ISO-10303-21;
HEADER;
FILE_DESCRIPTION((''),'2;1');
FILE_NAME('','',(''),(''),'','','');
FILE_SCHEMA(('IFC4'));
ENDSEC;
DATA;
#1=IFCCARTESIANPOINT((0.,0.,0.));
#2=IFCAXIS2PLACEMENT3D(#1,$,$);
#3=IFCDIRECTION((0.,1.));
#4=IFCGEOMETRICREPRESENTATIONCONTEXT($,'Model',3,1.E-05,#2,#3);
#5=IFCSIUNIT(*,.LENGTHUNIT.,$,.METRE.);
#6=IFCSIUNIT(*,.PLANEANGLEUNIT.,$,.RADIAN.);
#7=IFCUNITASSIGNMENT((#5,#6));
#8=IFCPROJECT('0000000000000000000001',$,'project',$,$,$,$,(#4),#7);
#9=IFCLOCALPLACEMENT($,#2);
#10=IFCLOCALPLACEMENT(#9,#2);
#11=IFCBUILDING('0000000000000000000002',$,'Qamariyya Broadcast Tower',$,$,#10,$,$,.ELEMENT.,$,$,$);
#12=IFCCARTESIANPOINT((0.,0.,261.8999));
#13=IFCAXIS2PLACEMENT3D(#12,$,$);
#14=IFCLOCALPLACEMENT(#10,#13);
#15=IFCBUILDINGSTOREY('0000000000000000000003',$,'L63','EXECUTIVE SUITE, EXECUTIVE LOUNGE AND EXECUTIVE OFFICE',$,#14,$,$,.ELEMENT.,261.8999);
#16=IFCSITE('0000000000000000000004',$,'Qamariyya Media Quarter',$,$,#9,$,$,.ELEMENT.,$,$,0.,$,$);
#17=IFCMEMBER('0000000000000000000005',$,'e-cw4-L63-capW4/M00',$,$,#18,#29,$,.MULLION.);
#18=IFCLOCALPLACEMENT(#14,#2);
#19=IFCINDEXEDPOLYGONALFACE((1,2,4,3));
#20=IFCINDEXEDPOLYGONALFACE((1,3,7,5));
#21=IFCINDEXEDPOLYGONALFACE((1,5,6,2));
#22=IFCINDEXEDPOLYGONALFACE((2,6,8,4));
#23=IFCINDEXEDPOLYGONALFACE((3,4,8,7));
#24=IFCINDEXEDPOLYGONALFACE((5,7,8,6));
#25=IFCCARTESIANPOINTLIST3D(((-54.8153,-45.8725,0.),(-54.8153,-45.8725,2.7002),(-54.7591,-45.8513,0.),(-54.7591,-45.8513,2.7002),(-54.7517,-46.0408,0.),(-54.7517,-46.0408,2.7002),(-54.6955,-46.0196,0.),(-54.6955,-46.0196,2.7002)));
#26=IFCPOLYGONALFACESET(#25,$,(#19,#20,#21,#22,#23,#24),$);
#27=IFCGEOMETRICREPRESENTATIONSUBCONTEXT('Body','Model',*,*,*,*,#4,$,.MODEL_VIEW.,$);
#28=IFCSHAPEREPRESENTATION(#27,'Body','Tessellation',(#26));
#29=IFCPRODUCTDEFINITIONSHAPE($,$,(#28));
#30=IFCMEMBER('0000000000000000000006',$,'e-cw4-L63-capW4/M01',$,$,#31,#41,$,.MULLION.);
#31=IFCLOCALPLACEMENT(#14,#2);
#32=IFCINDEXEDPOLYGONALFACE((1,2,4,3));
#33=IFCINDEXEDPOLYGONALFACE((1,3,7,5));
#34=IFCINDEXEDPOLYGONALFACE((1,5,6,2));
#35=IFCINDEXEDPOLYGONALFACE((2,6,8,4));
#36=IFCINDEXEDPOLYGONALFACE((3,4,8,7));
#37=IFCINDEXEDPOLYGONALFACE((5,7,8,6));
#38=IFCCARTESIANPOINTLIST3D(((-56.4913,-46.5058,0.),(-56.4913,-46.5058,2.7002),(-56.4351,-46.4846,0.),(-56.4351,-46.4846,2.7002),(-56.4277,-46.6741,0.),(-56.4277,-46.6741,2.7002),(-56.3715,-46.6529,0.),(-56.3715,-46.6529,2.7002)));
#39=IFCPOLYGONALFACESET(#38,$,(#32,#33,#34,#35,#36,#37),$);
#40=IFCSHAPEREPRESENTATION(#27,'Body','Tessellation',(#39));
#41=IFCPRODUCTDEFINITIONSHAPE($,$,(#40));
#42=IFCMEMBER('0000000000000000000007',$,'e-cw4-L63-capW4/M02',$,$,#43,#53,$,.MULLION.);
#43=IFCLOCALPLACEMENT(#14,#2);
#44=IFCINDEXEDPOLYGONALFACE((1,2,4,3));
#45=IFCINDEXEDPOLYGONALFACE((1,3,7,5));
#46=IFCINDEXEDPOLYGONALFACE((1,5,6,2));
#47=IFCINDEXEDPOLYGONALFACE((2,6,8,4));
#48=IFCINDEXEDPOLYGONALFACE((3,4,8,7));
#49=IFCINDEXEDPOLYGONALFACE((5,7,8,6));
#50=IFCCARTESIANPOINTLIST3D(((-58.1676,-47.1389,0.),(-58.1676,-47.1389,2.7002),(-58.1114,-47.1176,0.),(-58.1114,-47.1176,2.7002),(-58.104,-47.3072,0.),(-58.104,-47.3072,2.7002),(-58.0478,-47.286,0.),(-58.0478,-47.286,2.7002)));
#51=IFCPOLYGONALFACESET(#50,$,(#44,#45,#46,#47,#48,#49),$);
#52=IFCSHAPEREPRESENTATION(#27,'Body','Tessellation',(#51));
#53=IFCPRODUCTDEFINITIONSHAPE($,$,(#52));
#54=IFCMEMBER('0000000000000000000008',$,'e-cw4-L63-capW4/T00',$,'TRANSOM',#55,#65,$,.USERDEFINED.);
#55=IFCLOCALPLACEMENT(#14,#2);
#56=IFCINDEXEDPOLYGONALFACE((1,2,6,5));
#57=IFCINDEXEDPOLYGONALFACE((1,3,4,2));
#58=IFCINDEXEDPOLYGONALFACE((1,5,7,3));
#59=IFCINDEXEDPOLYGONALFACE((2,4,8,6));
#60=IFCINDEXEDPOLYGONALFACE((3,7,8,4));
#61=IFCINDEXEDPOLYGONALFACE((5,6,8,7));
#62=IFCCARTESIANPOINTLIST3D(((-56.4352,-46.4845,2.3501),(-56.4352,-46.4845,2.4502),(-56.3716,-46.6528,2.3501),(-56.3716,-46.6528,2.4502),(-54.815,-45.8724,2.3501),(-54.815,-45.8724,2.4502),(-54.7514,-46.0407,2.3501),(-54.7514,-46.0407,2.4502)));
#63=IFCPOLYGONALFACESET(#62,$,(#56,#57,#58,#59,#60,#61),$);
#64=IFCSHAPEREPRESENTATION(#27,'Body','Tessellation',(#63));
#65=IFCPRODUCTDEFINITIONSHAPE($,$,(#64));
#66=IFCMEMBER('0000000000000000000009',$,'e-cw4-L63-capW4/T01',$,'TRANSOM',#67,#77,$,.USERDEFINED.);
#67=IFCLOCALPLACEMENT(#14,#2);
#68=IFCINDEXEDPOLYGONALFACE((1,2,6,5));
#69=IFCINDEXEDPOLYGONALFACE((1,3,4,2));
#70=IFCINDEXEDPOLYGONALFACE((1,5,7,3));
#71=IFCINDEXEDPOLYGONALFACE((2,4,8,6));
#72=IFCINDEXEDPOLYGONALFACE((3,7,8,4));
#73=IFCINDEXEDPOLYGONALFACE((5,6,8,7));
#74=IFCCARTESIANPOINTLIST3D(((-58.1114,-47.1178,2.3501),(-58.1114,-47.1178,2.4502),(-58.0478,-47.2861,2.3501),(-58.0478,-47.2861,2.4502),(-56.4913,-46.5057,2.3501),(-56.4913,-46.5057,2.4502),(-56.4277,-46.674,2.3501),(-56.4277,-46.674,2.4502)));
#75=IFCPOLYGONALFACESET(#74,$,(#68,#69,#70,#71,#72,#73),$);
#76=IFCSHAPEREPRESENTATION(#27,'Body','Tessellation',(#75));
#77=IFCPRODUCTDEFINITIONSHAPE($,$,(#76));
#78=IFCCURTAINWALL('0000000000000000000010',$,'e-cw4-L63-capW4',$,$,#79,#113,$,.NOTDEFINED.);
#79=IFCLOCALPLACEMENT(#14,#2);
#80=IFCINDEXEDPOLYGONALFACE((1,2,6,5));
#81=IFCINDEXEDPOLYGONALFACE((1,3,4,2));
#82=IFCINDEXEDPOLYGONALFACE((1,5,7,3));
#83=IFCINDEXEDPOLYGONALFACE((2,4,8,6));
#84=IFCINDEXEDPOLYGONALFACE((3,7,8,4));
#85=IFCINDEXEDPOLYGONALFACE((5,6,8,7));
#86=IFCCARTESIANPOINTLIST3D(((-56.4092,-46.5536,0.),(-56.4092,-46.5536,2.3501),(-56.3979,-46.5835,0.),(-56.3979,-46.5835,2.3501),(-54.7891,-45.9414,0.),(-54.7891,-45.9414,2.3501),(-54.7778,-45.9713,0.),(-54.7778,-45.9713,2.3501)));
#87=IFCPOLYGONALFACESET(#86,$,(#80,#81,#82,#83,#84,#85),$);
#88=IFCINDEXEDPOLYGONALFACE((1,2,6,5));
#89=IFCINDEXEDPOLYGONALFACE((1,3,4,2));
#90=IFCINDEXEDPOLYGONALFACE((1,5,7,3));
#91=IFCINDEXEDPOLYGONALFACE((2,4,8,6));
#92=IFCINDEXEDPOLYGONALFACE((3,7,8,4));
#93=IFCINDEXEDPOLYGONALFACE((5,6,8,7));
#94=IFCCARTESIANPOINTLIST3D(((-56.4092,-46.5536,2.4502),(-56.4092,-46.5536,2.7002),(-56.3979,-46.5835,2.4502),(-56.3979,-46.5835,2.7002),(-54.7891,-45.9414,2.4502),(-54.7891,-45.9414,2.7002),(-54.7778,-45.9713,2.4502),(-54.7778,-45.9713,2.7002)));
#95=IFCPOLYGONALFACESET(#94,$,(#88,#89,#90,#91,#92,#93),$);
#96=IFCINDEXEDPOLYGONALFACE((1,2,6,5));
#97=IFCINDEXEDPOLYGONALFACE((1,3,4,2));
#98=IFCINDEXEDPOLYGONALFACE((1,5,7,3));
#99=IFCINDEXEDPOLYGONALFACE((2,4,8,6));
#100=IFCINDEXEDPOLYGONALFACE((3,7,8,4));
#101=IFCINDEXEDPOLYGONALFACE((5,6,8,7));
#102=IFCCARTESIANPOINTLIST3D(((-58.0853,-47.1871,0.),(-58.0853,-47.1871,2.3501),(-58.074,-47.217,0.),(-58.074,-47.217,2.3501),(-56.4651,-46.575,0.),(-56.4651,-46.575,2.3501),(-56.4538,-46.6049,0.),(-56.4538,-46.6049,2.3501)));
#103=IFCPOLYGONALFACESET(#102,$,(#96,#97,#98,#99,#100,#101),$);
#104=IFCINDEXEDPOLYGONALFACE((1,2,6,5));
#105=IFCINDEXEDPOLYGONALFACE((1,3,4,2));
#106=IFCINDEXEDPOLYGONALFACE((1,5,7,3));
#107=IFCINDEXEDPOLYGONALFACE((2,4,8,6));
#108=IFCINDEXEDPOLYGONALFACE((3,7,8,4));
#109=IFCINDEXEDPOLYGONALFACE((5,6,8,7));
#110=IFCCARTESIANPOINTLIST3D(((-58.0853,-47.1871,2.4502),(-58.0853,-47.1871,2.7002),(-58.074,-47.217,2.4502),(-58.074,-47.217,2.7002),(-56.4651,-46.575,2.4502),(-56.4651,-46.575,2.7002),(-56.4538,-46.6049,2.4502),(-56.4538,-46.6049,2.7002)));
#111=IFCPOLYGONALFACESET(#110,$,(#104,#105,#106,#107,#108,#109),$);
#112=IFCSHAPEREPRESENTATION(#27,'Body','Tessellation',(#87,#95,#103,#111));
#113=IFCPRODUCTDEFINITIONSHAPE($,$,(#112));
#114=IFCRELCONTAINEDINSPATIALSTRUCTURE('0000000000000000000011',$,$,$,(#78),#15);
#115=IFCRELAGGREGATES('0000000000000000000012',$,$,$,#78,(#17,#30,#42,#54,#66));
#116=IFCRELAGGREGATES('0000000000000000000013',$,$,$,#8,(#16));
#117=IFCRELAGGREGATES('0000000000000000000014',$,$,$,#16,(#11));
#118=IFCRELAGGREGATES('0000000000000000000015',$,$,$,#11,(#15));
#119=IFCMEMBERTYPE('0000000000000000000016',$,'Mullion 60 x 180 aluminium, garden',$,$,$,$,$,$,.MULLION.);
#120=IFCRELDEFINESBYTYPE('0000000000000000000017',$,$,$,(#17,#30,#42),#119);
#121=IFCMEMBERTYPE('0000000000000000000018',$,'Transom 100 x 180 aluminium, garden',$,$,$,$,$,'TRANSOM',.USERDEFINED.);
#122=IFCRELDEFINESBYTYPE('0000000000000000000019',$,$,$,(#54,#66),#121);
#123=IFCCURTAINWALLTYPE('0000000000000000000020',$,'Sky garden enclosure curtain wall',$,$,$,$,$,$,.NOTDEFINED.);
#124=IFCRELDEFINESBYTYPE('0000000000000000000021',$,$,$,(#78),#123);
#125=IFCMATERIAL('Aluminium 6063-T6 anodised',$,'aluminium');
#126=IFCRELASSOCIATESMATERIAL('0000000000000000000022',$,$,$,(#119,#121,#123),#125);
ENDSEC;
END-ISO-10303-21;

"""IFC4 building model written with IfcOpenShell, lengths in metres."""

from ifc_helpers import new_model, si_unit, direction, frame, origin, origin_2d, place, context, subcontext, project, spatial, rectangle, extrude, material, material_profile, profile_set, type_object, element, aggregate, save


model = new_model("IFC4")

# Units and contexts
model_context = context("Model", 3, precision=1e-05, world=origin(), true_north=direction((0.0, 1.0)))
body_context = subcontext(model_context, "Body", "Model", "MODEL_VIEW")
ifc_project = project(units=[si_unit("LENGTHUNIT", "METRE"), si_unit("PLANEANGLEUNIT", "RADIAN")], contexts=[model_context])

# Members
ifc_material = material(Name="Aluminium 6063-T6 anodised", Category="aluminium")
ifc_material_profile_1 = material_profile(ifc_material, rectangle(XDim=0.1799, YDim=0.0601, at=origin_2d()))
ifc_profile_set_1 = profile_set([ifc_material_profile_1], Name="Aluminium 6063-T6 anodised")
member_type_1 = type_object("IfcMemberType", Name="Mullion 60 x 180 aluminium, garden", PredefinedType="MULLION", material=ifc_profile_set_1)
site_placement = place(None, origin())
building_placement = place(site_placement, origin())
storey_placement = place(building_placement, frame((0.0, 0.0, 261.8999)))
member_1_placement = place(storey_placement, frame((-54.7554, -45.946, 0.0), z_axis=(0.0, 0.0, 1.0), x_axis=(0.353405, -0.935471, 0.0)))
member_1 = element("IfcMember", 1, at=member_1_placement, type_object=member_type_1, Name="e-cw4-L63-capW4/M00", PredefinedType="MULLION", context=body_context, shape_type="SweptSolid", body=[
    extrude(rectangle(XDim=0.1799, YDim=0.0601, at=origin_2d()), origin(), (0.0, 0.0, 1.0), 2.7002),
])
member_2_placement = place(storey_placement, frame((-56.4314, -46.5793, 0.0), z_axis=(0.0, 0.0, 1.0), x_axis=(0.353405, -0.935471, 0.0)))
member_2 = element("IfcMember", 2, at=member_2_placement, type_object=member_type_1, Name="e-cw4-L63-capW4/M01", PredefinedType="MULLION", context=body_context, shape_type="SweptSolid", body=[
    extrude(rectangle(XDim=0.1799, YDim=0.0601, at=origin_2d()), origin(), (0.0, 0.0, 1.0), 2.7002),
])
member_3_placement = place(storey_placement, frame((-58.1077, -47.2124, 0.0), z_axis=(0.0, 0.0, 1.0), x_axis=(0.353405, -0.935471, 0.0)))
member_3 = element("IfcMember", 3, at=member_3_placement, type_object=member_type_1, Name="e-cw4-L63-capW4/M02", PredefinedType="MULLION", context=body_context, shape_type="SweptSolid", body=[
    extrude(rectangle(XDim=0.1799, YDim=0.0601, at=origin_2d()), origin(), (0.0, 0.0, 1.0), 2.7002),
])
ifc_material_profile_2 = material_profile(ifc_material, rectangle(XDim=0.1799, YDim=0.1001, at=origin_2d()))
ifc_profile_set_2 = profile_set([ifc_material_profile_2], Name="Aluminium 6063-T6 anodised")
member_type_2 = type_object("IfcMemberType", Name="Transom 100 x 180 aluminium, garden", ElementType="TRANSOM", PredefinedType="USERDEFINED", material=ifc_profile_set_2)
member_4_placement = place(storey_placement, frame((-54.7832, -45.9565, 2.4001), z_axis=(-0.935469, -0.353409, 0.0), x_axis=(0.353409, -0.935469, 0.0)))
member_4 = element("IfcMember", 4, at=member_4_placement, type_object=member_type_2, Name="e-cw4-L63-capW4/T00", ObjectType="TRANSOM", PredefinedType="USERDEFINED", context=body_context, shape_type="SweptSolid", body=[
    extrude(rectangle(XDim=0.1799, YDim=0.1001, at=origin_2d()), origin(), (0.0, 0.0, 1.0), 1.7319),
])
member_5_placement = place(storey_placement, frame((-56.4595, -46.5898, 2.4001), z_axis=(-0.935469, -0.353409, 0.0), x_axis=(0.353409, -0.935469, 0.0)))
member_5 = element("IfcMember", 5, at=member_5_placement, type_object=member_type_2, Name="e-cw4-L63-capW4/T01", ObjectType="TRANSOM", PredefinedType="USERDEFINED", context=body_context, shape_type="SweptSolid", body=[
    extrude(rectangle(XDim=0.1799, YDim=0.1001, at=origin_2d()), origin(), (0.0, 0.0, 1.0), 1.7319),
])

# Site, building, storey
site = spatial("IfcSite", under=ifc_project, at=site_placement, Name="Qamariyya Media Quarter", CompositionType="ELEMENT", RefElevation=0.0)
building = spatial("IfcBuilding", under=site, at=building_placement, Name="Qamariyya Broadcast Tower", CompositionType="ELEMENT")
storey = spatial("IfcBuildingStorey", under=building, at=storey_placement, Name="L63", Description="EXECUTIVE SUITE, EXECUTIVE LOUNGE AND EXECUTIVE OFFICE", CompositionType="ELEMENT", Elevation=261.8999)

# Curtain wall
curtain_wall_type = type_object("IfcCurtainWallType", Name="Sky garden enclosure curtain wall", PredefinedType="NOTDEFINED", material=ifc_material)
curtain_wall_1_placement = place(storey_placement, origin())
curtain_wall_1 = element("IfcCurtainWall", 6, at=curtain_wall_1_placement, inside=storey, type_object=curtain_wall_type, Name="e-cw4-L63-capW4", PredefinedType="NOTDEFINED", context=body_context, shape_type="SweptSolid", body=[
    extrude(rectangle(XDim=1.7319, YDim=0.032, at=origin_2d()), frame((-55.5935, -46.2625, 0.0), x_axis=(-0.935453, -0.35345, 0.0)), (0.0, 0.0, 1.0), 2.3501),
    extrude(rectangle(XDim=1.7319, YDim=0.032, at=origin_2d()), frame((-55.5935, -46.2625, 2.4502), x_axis=(-0.935453, -0.35345, 0.0)), (0.0, 0.0, 1.0), 0.25),
    extrude(rectangle(XDim=1.7319, YDim=0.032, at=origin_2d()), frame((-57.2695, -46.896, 0.0), x_axis=(-0.935453, -0.35345, 0.0)), (0.0, 0.0, 1.0), 2.3501),
    extrude(rectangle(XDim=1.7319, YDim=0.032, at=origin_2d()), frame((-57.2695, -46.896, 2.4502), x_axis=(-0.935453, -0.35345, 0.0)), (0.0, 0.0, 1.0), 0.25),
])
aggregate(curtain_wall_1, [member_1, member_2, member_3, member_4, member_5])

save(model, "model.ifc")
